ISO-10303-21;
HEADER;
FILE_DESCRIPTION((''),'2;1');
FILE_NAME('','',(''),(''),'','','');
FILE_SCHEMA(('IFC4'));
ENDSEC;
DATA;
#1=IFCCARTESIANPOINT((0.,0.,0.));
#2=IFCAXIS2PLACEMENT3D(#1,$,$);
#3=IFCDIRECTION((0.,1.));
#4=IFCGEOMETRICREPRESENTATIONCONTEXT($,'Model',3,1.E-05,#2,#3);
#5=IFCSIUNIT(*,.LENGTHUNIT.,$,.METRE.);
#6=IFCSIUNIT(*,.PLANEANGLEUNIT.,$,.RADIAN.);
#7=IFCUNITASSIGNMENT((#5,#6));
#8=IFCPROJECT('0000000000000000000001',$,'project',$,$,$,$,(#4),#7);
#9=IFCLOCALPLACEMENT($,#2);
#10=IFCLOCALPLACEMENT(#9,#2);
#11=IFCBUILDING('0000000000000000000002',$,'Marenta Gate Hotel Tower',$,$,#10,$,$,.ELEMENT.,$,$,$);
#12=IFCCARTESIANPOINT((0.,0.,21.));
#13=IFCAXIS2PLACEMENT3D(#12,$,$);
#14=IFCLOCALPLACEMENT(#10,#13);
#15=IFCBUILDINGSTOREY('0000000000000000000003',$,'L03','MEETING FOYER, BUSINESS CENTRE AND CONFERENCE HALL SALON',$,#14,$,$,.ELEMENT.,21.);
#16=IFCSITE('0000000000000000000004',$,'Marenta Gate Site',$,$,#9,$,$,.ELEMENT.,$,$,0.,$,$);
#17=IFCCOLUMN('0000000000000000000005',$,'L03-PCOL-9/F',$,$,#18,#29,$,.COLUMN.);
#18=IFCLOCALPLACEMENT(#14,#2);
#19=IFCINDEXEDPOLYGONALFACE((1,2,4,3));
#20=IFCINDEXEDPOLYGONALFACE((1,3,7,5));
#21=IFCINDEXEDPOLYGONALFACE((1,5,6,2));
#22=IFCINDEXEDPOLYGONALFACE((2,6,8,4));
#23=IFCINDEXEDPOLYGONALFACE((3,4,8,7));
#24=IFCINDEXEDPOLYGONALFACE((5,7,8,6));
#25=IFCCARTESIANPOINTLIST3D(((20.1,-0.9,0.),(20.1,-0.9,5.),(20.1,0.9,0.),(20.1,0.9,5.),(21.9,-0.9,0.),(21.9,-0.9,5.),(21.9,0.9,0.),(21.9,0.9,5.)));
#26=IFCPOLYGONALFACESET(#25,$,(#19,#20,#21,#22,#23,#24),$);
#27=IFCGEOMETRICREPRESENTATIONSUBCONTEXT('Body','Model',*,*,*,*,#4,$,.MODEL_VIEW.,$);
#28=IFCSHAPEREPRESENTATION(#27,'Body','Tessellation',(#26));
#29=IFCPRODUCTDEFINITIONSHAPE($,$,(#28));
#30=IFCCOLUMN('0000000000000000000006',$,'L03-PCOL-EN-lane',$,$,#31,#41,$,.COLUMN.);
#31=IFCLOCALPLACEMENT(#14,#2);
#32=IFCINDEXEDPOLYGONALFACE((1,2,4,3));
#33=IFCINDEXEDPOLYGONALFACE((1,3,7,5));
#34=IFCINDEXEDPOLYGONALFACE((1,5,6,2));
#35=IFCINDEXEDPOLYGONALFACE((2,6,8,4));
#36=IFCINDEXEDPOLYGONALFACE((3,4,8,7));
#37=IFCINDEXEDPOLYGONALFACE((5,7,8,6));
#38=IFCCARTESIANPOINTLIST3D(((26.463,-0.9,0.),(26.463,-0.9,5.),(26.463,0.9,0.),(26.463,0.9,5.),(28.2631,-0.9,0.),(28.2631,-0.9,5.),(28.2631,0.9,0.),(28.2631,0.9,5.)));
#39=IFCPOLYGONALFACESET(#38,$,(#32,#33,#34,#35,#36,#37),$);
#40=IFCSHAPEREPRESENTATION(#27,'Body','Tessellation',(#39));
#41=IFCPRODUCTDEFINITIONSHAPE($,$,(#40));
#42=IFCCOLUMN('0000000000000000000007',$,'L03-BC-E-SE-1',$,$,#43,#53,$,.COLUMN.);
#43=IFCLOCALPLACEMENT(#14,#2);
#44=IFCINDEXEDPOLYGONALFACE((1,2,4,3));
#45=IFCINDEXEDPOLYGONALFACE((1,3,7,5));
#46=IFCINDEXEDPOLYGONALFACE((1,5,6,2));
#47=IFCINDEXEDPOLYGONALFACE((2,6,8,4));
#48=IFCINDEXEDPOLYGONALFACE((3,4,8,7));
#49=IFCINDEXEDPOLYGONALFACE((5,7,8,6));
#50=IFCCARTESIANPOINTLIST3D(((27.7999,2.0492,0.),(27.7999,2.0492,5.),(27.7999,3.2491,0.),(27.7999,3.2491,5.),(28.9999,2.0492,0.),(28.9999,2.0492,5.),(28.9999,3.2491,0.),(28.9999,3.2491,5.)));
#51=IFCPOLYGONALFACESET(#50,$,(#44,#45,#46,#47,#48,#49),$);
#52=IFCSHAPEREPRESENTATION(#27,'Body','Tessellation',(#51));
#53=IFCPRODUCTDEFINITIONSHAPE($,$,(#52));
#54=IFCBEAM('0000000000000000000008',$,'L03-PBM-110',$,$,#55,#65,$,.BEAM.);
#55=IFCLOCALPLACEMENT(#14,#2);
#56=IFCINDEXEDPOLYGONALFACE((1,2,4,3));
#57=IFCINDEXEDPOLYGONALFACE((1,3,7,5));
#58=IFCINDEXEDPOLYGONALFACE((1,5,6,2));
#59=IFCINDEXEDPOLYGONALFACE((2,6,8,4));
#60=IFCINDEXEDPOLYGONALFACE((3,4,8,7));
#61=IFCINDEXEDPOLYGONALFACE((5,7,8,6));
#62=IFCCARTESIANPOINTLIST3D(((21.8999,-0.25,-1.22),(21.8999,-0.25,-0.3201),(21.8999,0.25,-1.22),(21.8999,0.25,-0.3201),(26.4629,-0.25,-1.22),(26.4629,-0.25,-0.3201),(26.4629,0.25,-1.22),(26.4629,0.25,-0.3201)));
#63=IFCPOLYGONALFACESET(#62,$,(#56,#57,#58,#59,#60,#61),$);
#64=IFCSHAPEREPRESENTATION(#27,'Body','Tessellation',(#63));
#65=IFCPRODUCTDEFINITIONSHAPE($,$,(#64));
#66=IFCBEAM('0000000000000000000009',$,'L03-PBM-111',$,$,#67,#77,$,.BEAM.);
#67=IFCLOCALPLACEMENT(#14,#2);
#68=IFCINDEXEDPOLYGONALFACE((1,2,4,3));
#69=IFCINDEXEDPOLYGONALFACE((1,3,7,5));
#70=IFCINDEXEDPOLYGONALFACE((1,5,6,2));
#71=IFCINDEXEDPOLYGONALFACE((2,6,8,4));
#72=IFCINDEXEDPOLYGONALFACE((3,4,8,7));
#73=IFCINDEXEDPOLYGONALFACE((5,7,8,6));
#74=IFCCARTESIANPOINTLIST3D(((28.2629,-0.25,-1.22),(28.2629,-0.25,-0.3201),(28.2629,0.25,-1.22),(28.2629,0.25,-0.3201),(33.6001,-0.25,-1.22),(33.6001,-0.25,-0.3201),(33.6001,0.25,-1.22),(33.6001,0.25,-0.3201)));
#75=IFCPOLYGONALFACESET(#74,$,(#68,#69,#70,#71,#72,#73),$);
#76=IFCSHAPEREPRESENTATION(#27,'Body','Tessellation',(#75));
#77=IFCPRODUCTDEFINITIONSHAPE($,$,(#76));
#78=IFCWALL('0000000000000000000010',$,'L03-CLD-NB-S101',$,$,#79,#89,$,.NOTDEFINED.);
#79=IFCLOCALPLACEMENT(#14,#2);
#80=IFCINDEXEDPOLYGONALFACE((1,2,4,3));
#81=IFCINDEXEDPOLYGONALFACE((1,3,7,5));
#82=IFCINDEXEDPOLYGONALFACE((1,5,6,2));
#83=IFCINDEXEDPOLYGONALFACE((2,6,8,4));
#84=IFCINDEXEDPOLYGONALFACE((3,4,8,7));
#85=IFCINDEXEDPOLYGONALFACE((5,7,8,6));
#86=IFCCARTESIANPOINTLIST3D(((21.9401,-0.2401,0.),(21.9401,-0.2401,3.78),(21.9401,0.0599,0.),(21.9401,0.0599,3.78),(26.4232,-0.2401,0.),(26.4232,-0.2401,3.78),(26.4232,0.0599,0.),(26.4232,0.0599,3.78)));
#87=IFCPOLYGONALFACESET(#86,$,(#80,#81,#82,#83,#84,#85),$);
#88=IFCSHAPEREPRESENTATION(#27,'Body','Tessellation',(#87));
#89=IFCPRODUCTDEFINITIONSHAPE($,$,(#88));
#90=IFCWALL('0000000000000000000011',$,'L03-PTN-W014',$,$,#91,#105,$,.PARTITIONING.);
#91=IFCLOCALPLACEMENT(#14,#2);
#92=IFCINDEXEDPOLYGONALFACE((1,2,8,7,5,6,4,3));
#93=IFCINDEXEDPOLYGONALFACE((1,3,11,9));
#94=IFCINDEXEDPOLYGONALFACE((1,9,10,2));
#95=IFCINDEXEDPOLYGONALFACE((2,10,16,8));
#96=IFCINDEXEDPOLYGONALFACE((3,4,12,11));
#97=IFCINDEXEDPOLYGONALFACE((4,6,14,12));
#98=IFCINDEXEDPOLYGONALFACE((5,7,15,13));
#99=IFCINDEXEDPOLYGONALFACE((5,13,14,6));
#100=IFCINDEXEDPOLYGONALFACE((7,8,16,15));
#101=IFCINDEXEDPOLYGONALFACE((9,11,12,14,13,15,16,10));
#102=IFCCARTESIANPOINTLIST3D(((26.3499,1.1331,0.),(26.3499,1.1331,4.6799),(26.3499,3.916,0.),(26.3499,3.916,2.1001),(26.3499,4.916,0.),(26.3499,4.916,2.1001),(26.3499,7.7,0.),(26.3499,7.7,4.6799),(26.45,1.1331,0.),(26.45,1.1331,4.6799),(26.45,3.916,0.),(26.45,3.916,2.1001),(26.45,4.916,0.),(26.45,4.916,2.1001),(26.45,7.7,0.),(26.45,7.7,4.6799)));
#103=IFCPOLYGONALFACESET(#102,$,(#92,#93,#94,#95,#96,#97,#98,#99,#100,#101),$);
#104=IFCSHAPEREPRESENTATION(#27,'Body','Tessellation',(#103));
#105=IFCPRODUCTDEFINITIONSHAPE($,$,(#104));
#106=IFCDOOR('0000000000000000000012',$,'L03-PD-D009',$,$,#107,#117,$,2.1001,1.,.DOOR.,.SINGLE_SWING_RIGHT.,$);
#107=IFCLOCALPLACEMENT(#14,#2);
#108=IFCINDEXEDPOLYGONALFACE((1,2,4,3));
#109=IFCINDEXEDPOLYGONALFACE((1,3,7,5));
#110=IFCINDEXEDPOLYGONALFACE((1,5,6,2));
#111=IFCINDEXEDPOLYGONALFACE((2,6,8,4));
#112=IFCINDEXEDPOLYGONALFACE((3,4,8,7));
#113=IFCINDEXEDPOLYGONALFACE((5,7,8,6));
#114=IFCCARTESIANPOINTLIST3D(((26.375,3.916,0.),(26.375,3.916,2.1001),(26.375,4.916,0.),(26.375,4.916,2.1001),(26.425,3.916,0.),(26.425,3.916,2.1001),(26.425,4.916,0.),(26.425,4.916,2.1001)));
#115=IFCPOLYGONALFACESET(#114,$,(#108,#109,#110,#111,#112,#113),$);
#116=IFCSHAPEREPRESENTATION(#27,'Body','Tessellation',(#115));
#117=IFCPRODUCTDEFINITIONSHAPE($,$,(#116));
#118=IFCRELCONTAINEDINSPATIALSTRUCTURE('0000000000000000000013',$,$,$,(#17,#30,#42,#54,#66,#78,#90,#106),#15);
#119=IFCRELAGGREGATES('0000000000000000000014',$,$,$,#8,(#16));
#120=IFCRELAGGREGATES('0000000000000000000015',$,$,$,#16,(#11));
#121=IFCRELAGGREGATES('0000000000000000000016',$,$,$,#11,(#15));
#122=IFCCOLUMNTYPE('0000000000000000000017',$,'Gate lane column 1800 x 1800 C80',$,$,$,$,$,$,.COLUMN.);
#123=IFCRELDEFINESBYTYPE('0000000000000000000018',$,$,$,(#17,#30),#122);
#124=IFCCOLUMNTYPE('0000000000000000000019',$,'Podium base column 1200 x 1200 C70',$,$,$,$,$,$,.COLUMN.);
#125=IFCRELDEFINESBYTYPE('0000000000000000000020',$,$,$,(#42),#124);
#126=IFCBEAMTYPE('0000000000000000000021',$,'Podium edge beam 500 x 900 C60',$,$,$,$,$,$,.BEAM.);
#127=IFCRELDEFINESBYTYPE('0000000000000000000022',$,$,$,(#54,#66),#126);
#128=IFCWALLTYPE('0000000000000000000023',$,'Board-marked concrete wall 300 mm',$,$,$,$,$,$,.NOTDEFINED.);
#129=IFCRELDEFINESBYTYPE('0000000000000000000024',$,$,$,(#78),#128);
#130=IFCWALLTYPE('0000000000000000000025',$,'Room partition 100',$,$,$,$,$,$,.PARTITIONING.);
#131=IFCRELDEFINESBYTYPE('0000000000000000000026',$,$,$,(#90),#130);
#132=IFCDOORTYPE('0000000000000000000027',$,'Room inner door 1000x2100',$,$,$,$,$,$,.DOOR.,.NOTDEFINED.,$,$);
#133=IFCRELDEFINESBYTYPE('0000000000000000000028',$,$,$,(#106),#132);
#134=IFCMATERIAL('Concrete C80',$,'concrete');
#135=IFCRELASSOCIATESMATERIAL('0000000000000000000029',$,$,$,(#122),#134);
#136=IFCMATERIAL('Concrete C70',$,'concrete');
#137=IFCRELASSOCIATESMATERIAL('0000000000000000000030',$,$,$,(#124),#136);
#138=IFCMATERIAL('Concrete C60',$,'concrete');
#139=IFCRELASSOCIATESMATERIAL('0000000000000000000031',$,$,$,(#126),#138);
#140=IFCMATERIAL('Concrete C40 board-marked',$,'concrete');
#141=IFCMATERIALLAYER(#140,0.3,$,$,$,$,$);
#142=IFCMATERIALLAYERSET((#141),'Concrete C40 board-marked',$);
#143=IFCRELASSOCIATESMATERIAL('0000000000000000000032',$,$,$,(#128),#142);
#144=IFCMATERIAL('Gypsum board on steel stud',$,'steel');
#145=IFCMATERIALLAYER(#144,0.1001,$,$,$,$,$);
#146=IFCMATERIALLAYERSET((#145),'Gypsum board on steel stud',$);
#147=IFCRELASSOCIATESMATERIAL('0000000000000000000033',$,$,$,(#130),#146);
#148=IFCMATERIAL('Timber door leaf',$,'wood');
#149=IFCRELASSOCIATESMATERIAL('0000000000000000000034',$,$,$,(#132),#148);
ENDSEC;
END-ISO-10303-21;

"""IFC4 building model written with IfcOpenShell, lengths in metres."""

from ifc_helpers import new_model, si_unit, direction, frame, frame_2d, origin, origin_2d, place, context, subcontext, project, spatial, rectangle, extrude, material, layer, layer_set, material_profile, profile_set, type_object, element, fill, save


model = new_model("IFC4")

# Units and contexts
model_context = context("Model", 3, precision=1e-05, world=origin(), true_north=direction((0.0, 1.0)))
body_context = subcontext(model_context, "Body", "Model", "MODEL_VIEW")
ifc_project = project(units=[si_unit("LENGTHUNIT", "METRE"), si_unit("PLANEANGLEUNIT", "RADIAN")], contexts=[model_context])

# Site, building, storey
site_placement = place(None, origin())
site = spatial("IfcSite", under=ifc_project, at=site_placement, Name="Marenta Gate Site", CompositionType="ELEMENT", RefElevation=0.0)
building_placement = place(site_placement, origin())
building = spatial("IfcBuilding", under=site, at=building_placement, Name="Marenta Gate Hotel Tower", CompositionType="ELEMENT")
storey_placement = place(building_placement, frame((0.0, 0.0, 21.0)))
storey = spatial("IfcBuildingStorey", under=building, at=storey_placement, Name="L03", Description="MEETING FOYER, BUSINESS CENTRE AND CONFERENCE HALL SALON", CompositionType="ELEMENT", Elevation=21.0)

# Columns
ifc_material_1 = material(Name="Concrete C80", Category="concrete")
ifc_material_profile_1 = material_profile(ifc_material_1, rectangle(XDim=1.8, YDim=1.8, at=origin_2d()), Name="1800 x 1800")
ifc_profile_set_1 = profile_set([ifc_material_profile_1], Name="Concrete C80")
column_type_1 = type_object("IfcColumnType", Name="Gate lane column 1800 x 1800 C80", PredefinedType="COLUMN", material=ifc_profile_set_1)
for number, where, z_axis, x_axis, name in (
    (1, (21.0, 0.0, 0.0), (0.0, 0.0, 1.0), (1.0, 0.0, 0.0), "L03-PCOL-9/F"),
    (2, (27.363, 0.0, 0.0), (0.0, 0.0, 1.0), (1.0, 0.0, 0.0), "L03-PCOL-EN-lane"),
):
    element("IfcColumn", number, at=place(storey_placement, frame(where, z_axis=z_axis, x_axis=x_axis)), inside=storey, type_object=column_type_1, Name=name, PredefinedType="COLUMN", context=body_context, shape_type="SweptSolid", body=[
        extrude(rectangle(XDim=1.8, YDim=1.8, at=origin_2d()), origin(), (0.0, 0.0, 1.0), 5.0),
    ])
ifc_material_2 = material(Name="Concrete C70", Category="concrete")
ifc_material_profile_2 = material_profile(ifc_material_2, rectangle(XDim=1.2, YDim=1.2, at=origin_2d()), Name="1200 x 1200")
ifc_profile_set_2 = profile_set([ifc_material_profile_2], Name="Concrete C70")
column_type_2 = type_object("IfcColumnType", Name="Podium base column 1200 x 1200 C70", PredefinedType="COLUMN", material=ifc_profile_set_2)
column_placement = place(storey_placement, frame((28.3999, 2.6492, 0.0), z_axis=(0.0, 0.0, 1.0), x_axis=(1.0, 0.0, 0.0)))
element("IfcColumn", 3, at=column_placement, inside=storey, type_object=column_type_2, Name="L03-BC-E-SE-1", PredefinedType="COLUMN", context=body_context, shape_type="SweptSolid", body=[
    extrude(rectangle(XDim=1.2, YDim=1.2, at=origin_2d()), origin(), (0.0, 0.0, 1.0), 5.0),
])

# Beams
ifc_material_3 = material(Name="Concrete C60", Category="concrete")
ifc_material_profile_3 = material_profile(ifc_material_3, rectangle(XDim=0.5, YDim=0.8999, at=origin_2d()), Name="500 x 900")
ifc_profile_set_3 = profile_set([ifc_material_profile_3], Name="Concrete C60")
beam_type = type_object("IfcBeamType", Name="Podium edge beam 500 x 900 C60", PredefinedType="BEAM", material=ifc_profile_set_3)
beam_1_placement = place(storey_placement, frame((21.8999, 0.0, -0.77), z_axis=(1.0, 0.0, 0.0), x_axis=(0.0, 1.0, 0.0)))
element("IfcBeam", 4, at=beam_1_placement, inside=storey, type_object=beam_type, Name="L03-PBM-110", PredefinedType="BEAM", context=body_context, shape_type="SweptSolid", body=[
    extrude(rectangle(XDim=0.5, YDim=0.8999, at=origin_2d()), origin(), (0.0, 0.0, 1.0), 4.563),
])
beam_2_placement = place(storey_placement, frame((28.2629, 0.0, -0.77), z_axis=(1.0, 0.0, 0.0), x_axis=(0.0, 1.0, 0.0)))
element("IfcBeam", 5, at=beam_2_placement, inside=storey, type_object=beam_type, Name="L03-PBM-111", PredefinedType="BEAM", context=body_context, shape_type="SweptSolid", body=[
    extrude(rectangle(XDim=0.5, YDim=0.8999, at=origin_2d()), origin(), (0.0, 0.0, 1.0), 5.3372),
])

# Wall
ifc_material_4 = material(Name="Concrete C40 board-marked", Category="concrete")
ifc_layer_1 = layer(ifc_material_4, 0.3)
ifc_layer_set_1 = layer_set([ifc_layer_1], Name="Concrete C40 board-marked")
wall_type_1 = type_object("IfcWallType", Name="Board-marked concrete wall 300 mm", PredefinedType="NOTDEFINED", material=ifc_layer_set_1)
wall_1_placement = place(storey_placement, frame((21.9399, -0.0901, 0.0), z_axis=(0.0, 0.0, 1.0), x_axis=(1.0, 0.0, 0.0)))
element("IfcWall", 6, at=wall_1_placement, inside=storey, type_object=wall_type_1, Name="L03-CLD-NB-S101", PredefinedType="NOTDEFINED", context=body_context, shape_type="SweptSolid", body=[
    extrude(rectangle(XDim=4.4832, YDim=0.3, at=frame_2d((2.2417, 0.0))), origin(), (0.0, 0.0, 1.0), 3.78),
])

# Wall, opening, door
ifc_material_5 = material(Name="Gypsum board on steel stud", Category="steel")
ifc_layer_2 = layer(ifc_material_5, 0.1001)
ifc_layer_set_2 = layer_set([ifc_layer_2], Name="Gypsum board on steel stud")
wall_type_2 = type_object("IfcWallType", Name="Room partition 100", PredefinedType="PARTITIONING", material=ifc_layer_set_2)
wall_2_placement = place(storey_placement, frame((26.3999, 1.1331, 0.0), z_axis=(0.0, 0.0, 1.0), x_axis=(0.0, 1.0, 0.0)))
wall_2 = element("IfcWall", 7, at=wall_2_placement, inside=storey, type_object=wall_type_2, Name="L03-PTN-W014", PredefinedType="PARTITIONING", context=body_context, shape_type="SweptSolid", body=[
    extrude(rectangle(XDim=6.5669, YDim=0.1001, at=frame_2d((3.2834, 0.0))), origin(), (0.0, 0.0, 1.0), 4.6799),
])
opening_1_placement = place(wall_2_placement, frame((2.783, 0.0, 0.0)))
opening_1 = element("IfcOpeningElement", 8, at=opening_1_placement, cuts=wall_2, PredefinedType="OPENING", context=body_context, shape_type="SweptSolid", body=[
    extrude(rectangle(XDim=1.0, YDim=2.1001, at=frame_2d((0.5, 1.05))), frame((0.0, 0.05, 0.0), z_axis=(0.0, -1.0, 0.0), x_axis=(1.0, 0.0, 0.0)), (0.0, 0.0, 1.0), 0.1001),
])
ifc_material_6 = material(Name="Timber door leaf", Category="wood")
door_type_1 = type_object("IfcDoorType", Name="Room inner door 1000x2100", OperationType="NOTDEFINED", PredefinedType="DOOR", material=ifc_material_6)
door_1_placement = place(opening_1_placement, origin())
door_1 = element("IfcDoor", 9, at=door_1_placement, inside=storey, type_object=door_type_1, Name="L03-PD-D009", OperationType="SINGLE_SWING_RIGHT", OverallHeight=2.1001, OverallWidth=1.0, PredefinedType="DOOR", context=body_context, shape_type="SweptSolid", body=[
    extrude(rectangle(XDim=1.0, YDim=2.1001, at=frame_2d((0.5, 1.05))), frame((0.0, 0.0249, 0.0), z_axis=(0.0, -1.0, 0.0), x_axis=(1.0, 0.0, 0.0)), (0.0, 0.0, 1.0), 0.05),
])
fill(opening_1, door_1)

save(model, "model.ifc")
